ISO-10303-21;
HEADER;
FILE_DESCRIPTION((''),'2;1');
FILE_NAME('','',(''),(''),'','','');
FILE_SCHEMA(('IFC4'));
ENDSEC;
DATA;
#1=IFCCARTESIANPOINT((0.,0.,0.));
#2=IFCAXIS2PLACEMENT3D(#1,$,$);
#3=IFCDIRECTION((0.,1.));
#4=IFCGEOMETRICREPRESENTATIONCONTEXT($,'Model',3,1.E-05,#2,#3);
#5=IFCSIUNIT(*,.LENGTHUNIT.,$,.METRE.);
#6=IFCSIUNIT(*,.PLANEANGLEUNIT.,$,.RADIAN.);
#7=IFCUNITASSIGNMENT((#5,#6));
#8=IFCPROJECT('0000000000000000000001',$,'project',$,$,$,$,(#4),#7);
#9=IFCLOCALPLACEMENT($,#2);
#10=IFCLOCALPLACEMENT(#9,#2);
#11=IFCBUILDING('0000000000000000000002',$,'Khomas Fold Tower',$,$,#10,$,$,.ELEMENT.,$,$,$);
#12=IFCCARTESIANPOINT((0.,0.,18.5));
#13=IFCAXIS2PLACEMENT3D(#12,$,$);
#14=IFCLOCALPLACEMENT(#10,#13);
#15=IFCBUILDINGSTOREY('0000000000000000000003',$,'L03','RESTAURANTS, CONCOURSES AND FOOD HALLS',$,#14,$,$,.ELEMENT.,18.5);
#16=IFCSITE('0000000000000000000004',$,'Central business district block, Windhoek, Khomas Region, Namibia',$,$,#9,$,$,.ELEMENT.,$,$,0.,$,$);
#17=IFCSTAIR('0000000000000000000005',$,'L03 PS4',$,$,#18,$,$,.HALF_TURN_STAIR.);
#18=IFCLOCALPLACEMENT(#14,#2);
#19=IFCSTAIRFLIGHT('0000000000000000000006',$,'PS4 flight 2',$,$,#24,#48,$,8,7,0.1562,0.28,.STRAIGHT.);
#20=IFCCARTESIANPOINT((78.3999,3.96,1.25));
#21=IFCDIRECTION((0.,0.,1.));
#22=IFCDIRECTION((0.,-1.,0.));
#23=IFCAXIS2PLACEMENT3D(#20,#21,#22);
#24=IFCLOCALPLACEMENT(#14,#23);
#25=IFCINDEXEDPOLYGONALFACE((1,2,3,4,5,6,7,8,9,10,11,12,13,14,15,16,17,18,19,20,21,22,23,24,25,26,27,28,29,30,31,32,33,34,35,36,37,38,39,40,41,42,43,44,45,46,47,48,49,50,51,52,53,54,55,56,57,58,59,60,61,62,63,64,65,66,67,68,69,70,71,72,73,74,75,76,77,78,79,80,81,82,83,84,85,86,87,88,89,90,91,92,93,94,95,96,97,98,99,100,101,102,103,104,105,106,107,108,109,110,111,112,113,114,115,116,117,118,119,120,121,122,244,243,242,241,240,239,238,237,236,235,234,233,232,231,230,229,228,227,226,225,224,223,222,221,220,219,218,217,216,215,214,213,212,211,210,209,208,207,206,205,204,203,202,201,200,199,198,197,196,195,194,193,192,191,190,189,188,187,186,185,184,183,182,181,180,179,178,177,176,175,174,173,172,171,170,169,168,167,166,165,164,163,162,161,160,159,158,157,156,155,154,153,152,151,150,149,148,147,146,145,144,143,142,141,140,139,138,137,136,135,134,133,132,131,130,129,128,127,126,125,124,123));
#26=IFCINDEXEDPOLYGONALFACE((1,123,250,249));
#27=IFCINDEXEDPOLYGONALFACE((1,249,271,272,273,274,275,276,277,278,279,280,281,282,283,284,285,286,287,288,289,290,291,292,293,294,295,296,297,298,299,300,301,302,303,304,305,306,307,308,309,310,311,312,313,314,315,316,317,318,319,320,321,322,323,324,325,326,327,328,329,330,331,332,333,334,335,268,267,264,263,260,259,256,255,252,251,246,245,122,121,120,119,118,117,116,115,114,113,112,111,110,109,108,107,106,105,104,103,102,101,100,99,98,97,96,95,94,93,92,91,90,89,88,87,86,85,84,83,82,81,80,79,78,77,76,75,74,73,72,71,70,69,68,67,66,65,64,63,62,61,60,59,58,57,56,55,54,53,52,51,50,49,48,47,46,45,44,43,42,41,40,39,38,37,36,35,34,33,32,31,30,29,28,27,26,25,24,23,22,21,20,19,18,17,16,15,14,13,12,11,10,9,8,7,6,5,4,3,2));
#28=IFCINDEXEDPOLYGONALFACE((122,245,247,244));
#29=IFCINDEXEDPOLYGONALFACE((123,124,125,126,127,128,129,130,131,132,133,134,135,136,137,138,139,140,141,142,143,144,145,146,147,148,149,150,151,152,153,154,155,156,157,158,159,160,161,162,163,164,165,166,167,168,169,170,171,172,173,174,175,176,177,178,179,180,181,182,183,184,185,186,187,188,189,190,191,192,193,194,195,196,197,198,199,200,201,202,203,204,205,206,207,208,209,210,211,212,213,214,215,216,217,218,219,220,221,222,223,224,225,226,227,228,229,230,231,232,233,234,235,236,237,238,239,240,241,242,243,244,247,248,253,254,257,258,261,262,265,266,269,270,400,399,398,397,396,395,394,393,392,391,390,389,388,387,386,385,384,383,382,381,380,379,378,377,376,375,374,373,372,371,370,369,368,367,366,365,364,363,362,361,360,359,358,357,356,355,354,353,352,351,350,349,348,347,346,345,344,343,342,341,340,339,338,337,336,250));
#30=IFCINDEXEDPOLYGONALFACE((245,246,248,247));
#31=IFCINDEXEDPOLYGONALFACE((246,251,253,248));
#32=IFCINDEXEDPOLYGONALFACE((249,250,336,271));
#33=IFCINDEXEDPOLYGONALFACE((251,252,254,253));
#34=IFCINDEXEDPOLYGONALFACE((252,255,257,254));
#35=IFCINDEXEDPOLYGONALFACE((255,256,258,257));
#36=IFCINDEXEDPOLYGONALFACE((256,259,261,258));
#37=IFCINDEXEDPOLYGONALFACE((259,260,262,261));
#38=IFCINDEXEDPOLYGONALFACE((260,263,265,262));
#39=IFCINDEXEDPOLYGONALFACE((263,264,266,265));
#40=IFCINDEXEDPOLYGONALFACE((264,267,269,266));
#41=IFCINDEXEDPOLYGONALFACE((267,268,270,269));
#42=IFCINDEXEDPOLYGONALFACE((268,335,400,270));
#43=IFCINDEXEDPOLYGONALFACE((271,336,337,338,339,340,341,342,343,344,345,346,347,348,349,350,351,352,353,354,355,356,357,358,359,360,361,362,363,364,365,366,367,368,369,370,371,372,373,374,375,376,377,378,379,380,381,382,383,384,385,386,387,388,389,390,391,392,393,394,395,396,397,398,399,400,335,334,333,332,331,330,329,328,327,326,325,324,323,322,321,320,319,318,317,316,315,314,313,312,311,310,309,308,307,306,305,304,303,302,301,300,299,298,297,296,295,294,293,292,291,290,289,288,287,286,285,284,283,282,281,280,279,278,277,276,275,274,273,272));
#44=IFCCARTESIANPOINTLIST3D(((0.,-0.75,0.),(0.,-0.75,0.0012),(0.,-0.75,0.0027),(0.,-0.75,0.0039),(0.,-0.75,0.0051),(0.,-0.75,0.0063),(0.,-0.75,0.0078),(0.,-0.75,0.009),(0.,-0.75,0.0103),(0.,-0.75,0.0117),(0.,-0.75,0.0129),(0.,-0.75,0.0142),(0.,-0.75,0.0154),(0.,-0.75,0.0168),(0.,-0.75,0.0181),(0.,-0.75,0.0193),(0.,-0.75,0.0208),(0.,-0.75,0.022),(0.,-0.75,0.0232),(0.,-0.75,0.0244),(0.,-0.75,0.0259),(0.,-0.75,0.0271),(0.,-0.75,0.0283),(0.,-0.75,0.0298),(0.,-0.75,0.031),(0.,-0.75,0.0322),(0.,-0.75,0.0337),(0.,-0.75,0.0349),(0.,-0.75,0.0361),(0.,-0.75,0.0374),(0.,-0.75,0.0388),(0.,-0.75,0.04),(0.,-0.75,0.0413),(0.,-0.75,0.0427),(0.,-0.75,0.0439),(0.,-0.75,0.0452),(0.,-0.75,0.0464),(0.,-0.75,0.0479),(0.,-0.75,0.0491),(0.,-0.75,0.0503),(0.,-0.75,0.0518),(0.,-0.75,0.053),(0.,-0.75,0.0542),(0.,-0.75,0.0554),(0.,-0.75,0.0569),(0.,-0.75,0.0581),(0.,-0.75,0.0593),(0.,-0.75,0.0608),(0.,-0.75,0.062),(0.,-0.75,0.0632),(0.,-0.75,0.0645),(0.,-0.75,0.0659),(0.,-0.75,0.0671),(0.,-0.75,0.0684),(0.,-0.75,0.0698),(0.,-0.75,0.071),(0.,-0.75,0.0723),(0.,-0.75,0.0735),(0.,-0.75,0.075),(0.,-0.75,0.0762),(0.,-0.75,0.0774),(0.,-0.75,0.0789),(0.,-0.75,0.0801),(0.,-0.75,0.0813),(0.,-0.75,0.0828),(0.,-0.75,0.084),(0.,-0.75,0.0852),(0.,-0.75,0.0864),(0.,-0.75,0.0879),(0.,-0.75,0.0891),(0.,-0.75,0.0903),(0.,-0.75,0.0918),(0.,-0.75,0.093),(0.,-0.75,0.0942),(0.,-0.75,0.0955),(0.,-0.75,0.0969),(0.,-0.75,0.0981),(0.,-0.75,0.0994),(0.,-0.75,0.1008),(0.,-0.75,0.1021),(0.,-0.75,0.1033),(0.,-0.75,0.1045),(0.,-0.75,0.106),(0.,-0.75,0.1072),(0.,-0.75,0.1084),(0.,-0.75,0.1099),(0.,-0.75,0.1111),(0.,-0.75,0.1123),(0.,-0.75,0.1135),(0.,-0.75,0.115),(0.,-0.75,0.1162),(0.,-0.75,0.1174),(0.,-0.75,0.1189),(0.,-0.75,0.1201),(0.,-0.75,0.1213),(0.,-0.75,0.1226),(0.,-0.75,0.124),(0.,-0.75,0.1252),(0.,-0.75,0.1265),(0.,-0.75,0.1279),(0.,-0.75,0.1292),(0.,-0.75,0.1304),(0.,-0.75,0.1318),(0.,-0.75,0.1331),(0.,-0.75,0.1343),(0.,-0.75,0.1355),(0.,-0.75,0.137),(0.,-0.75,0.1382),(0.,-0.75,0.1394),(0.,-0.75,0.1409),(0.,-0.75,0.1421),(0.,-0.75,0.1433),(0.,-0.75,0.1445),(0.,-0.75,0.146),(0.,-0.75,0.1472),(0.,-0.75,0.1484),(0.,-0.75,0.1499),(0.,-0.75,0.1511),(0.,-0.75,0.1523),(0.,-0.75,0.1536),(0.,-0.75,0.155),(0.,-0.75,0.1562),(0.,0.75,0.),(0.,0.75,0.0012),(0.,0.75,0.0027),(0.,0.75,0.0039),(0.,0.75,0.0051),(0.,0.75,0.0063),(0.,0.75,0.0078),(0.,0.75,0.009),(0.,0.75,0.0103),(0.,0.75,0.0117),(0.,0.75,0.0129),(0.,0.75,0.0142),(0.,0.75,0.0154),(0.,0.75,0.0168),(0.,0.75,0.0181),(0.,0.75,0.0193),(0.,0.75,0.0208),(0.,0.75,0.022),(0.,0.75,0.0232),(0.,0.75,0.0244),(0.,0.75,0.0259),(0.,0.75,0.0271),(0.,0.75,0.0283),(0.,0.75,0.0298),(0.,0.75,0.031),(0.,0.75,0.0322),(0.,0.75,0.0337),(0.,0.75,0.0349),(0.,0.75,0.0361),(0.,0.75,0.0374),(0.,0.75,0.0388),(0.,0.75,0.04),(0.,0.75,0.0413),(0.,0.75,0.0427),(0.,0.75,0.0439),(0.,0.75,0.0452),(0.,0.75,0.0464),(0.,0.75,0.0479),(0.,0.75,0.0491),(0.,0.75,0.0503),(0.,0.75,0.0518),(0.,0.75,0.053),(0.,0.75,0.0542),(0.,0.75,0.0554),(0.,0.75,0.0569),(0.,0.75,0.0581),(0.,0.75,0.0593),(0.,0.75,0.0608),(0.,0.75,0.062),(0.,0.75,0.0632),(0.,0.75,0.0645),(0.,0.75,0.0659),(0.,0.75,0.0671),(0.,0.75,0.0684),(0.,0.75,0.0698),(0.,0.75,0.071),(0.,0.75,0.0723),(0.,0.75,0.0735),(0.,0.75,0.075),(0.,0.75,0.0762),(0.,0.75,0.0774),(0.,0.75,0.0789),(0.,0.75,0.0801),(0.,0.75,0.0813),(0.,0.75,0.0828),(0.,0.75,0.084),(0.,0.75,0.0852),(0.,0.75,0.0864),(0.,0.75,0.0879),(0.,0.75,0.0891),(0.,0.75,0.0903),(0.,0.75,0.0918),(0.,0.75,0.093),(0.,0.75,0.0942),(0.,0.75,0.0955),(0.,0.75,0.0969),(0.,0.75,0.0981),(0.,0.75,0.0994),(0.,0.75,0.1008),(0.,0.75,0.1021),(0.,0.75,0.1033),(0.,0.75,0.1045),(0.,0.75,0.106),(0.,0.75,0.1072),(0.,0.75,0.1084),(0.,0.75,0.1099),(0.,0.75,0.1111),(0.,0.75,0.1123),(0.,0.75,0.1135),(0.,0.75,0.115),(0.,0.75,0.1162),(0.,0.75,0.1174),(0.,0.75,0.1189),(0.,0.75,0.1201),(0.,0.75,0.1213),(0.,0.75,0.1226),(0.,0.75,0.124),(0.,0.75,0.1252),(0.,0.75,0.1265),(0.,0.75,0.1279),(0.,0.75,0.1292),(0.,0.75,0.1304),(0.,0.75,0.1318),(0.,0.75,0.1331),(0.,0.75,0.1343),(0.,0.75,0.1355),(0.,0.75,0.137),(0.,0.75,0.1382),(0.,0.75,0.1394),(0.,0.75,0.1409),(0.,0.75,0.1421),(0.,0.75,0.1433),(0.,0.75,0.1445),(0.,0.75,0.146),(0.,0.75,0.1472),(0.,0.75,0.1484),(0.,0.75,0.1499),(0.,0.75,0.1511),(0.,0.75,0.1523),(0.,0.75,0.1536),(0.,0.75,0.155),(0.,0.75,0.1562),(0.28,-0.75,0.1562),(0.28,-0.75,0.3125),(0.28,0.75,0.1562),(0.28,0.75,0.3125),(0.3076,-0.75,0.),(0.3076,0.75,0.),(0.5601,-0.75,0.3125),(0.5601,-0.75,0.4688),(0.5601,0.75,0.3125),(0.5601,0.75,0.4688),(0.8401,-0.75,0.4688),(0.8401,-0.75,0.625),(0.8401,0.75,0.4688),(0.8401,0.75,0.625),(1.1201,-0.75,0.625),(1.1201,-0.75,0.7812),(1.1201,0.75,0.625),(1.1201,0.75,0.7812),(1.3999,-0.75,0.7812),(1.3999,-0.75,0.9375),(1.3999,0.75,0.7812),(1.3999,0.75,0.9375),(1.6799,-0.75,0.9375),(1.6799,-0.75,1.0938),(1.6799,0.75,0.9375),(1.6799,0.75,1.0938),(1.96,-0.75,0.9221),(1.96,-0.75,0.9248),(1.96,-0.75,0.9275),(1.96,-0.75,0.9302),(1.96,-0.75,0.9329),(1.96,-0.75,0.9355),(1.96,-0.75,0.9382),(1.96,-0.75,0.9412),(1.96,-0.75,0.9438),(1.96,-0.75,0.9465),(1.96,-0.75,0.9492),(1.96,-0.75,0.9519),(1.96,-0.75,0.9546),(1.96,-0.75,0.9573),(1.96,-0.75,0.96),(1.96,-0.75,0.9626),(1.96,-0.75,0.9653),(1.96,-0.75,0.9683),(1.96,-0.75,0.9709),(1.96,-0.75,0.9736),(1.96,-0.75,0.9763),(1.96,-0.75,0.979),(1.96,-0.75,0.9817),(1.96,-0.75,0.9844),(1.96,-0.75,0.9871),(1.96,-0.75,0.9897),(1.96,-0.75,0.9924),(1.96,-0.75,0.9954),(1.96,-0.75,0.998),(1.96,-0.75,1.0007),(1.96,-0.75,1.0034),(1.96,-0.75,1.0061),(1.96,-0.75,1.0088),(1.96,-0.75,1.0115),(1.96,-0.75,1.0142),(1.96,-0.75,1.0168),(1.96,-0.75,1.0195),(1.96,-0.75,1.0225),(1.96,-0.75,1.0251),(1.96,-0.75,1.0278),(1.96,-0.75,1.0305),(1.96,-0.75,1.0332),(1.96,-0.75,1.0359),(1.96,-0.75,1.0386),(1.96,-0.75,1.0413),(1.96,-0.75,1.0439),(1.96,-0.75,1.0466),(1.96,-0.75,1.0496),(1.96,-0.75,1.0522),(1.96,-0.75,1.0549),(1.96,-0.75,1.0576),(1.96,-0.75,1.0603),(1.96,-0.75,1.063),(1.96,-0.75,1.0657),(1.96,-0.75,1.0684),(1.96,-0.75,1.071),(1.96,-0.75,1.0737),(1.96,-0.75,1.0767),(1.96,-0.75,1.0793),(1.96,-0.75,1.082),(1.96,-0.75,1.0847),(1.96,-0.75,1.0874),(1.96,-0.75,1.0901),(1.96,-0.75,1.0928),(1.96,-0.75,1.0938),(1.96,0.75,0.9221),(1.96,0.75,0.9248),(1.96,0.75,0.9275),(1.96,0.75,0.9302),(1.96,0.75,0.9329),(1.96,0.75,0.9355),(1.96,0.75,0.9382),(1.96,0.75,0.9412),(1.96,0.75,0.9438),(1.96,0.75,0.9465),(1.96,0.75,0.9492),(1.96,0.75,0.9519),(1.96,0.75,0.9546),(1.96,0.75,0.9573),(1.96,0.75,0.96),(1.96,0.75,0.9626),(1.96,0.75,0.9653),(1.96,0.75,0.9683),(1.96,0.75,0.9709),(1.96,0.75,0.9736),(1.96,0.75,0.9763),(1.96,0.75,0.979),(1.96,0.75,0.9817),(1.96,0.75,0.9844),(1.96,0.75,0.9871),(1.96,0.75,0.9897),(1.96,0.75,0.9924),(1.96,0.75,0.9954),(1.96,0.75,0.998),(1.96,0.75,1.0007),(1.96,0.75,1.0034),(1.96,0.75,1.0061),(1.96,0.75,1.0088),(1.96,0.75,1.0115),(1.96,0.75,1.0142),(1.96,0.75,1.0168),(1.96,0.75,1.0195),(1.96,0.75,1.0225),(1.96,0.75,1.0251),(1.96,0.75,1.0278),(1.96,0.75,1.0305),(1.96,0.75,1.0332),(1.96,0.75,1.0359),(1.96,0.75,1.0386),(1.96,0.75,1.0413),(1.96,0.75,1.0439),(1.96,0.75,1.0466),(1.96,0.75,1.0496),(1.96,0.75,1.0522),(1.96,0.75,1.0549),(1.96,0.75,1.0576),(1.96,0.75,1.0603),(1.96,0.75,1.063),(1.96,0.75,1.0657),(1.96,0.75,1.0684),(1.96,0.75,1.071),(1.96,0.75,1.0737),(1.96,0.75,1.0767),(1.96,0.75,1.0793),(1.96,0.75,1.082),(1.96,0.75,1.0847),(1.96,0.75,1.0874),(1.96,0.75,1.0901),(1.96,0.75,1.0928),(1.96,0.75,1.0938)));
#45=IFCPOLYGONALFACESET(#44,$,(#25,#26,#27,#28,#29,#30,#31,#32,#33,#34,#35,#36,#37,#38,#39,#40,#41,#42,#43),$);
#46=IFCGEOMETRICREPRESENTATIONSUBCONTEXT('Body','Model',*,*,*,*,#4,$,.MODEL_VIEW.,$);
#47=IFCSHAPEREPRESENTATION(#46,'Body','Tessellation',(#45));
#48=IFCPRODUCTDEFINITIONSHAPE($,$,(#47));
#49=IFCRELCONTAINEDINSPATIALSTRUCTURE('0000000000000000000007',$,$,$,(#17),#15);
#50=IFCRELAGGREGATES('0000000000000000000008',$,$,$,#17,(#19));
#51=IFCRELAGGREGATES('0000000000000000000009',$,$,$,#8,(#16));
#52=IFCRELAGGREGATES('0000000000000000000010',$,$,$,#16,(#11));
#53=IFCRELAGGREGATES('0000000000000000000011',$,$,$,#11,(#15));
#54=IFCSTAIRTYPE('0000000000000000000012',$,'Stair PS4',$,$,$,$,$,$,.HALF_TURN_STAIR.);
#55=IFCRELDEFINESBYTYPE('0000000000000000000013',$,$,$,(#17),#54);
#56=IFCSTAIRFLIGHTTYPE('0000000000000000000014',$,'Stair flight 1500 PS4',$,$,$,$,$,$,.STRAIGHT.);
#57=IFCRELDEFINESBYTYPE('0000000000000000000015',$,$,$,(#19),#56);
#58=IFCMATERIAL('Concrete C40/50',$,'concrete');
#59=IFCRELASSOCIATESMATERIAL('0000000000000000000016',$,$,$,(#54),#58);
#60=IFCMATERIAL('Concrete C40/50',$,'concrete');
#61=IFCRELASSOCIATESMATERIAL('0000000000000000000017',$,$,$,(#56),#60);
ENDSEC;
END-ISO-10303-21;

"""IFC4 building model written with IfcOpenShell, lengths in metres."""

from ifc_helpers import new_model, si_unit, direction, frame, origin, place, context, subcontext, project, spatial, polyline, outline, extrude, source, transform, mapped, material, type_object, element, aggregate, save


model = new_model("IFC4")

# Units and contexts
model_context = context("Model", 3, precision=1e-05, world=origin(), true_north=direction((0.0, 1.0)))
body_context = subcontext(model_context, "Body", "Model", "MODEL_VIEW")
ifc_project = project(units=[si_unit("LENGTHUNIT", "METRE"), si_unit("PLANEANGLEUNIT", "RADIAN")], contexts=[model_context])

# Site, building, storey
site_placement = place(None, origin())
site = spatial("IfcSite", under=ifc_project, at=site_placement, Name="Central business district block, Windhoek, Khomas Region, Namibia", CompositionType="ELEMENT", RefElevation=0.0)
building_placement = place(site_placement, origin())
building = spatial("IfcBuilding", under=site, at=building_placement, Name="Khomas Fold Tower", CompositionType="ELEMENT")
storey_placement = place(building_placement, frame((0.0, 0.0, 18.5)))
storey = spatial("IfcBuildingStorey", under=building, at=storey_placement, Name="L03", Description="RESTAURANTS, CONCOURSES AND FOOD HALLS", CompositionType="ELEMENT", Elevation=18.5)

# Stair, stair flight
ifc_material_1 = material(Name="Concrete C40/50", Category="concrete")
stair_type = type_object("IfcStairType", Name="Stair PS4", PredefinedType="HALF_TURN_STAIR", material=ifc_material_1)
stair_placement = place(storey_placement, origin())
stair = element("IfcStair", 1, at=stair_placement, inside=storey, type_object=stair_type, Name="L03 PS4", PredefinedType="HALF_TURN_STAIR")
ifc_material_2 = material(Name="Concrete C40/50", Category="concrete")
stair_flight_type = type_object("IfcStairFlightType", Name="Stair flight 1500 PS4", PredefinedType="STRAIGHT", material=ifc_material_2)
shared_shape_1 = source(origin(), body_context, "Body", "SweptSolid", [
    extrude(outline(polyline([(0.0, 0.0), (0.0, 0.0012), (0.0, 0.0027), (0.0, 0.0039), (0.0, 0.0051), (0.0, 0.0063), (0.0, 0.0078), (0.0, 0.009), (0.0, 0.0103), (0.0, 0.0117), (0.0, 0.0129), (0.0, 0.0142), (0.0, 0.0154), (0.0, 0.0168), (0.0, 0.0181), (0.0, 0.0193), (0.0, 0.0208), (0.0, 0.022), (0.0, 0.0232), (0.0, 0.0244), (0.0, 0.0259), (0.0, 0.0271), (0.0, 0.0283), (0.0, 0.0298), (0.0, 0.031), (0.0, 0.0322), (0.0, 0.0337), (0.0, 0.0349), (0.0, 0.0361), (0.0, 0.0374), (0.0, 0.0388), (0.0, 0.04), (0.0, 0.0413), (0.0, 0.0427), (0.0, 0.0439), (0.0, 0.0452), (0.0, 0.0464), (0.0, 0.0479), (0.0, 0.0491), (0.0, 0.0503), (0.0, 0.0518), (0.0, 0.053), (0.0, 0.0542), (0.0, 0.0554), (0.0, 0.0569), (0.0, 0.0581), (0.0, 0.0593), (0.0, 0.0608), (0.0, 0.062), (0.0, 0.0632), (0.0, 0.0645), (0.0, 0.0659), (0.0, 0.0671), (0.0, 0.0684), (0.0, 0.0698), (0.0, 0.071), (0.0, 0.0723), (0.0, 0.0735), (0.0, 0.075), (0.0, 0.0762), (0.0, 0.0774), (0.0, 0.0789), (0.0, 0.0801), (0.0, 0.0813), (0.0, 0.0828), (0.0, 0.084), (0.0, 0.0852), (0.0, 0.0864), (0.0, 0.0879), (0.0, 0.0891), (0.0, 0.0903), (0.0, 0.0918), (0.0, 0.093), (0.0, 0.0942), (0.0, 0.0955), (0.0, 0.0969), (0.0, 0.0981), (0.0, 0.0994), (0.0, 0.1008), (0.0, 0.1021), (0.0, 0.1033), (0.0, 0.1045), (0.0, 0.106), (0.0, 0.1072), (0.0, 0.1084), (0.0, 0.1099), (0.0, 0.1111), (0.0, 0.1123), (0.0, 0.1135), (0.0, 0.115), (0.0, 0.1162), (0.0, 0.1174), (0.0, 0.1189), (0.0, 0.1201), (0.0, 0.1213), (0.0, 0.1226), (0.0, 0.124), (0.0, 0.1252), (0.0, 0.1265), (0.0, 0.1279), (0.0, 0.1292), (0.0, 0.1304), (0.0, 0.1318), (0.0, 0.1331), (0.0, 0.1343), (0.0, 0.1355), (0.0, 0.137), (0.0, 0.1382), (0.0, 0.1394), (0.0, 0.1409), (0.0, 0.1421), (0.0, 0.1433), (0.0, 0.1445), (0.0, 0.146), (0.0, 0.1472), (0.0, 0.1484), (0.0, 0.1499), (0.0, 0.1511), (0.0, 0.1523), (0.0, 0.1536), (0.0, 0.155), (0.0, 0.1562), (0.28, 0.1562), (0.28, 0.3125), (0.5601, 0.3125), (0.5601, 0.4688), (0.8401, 0.4688), (0.8401, 0.625), (1.1201, 0.625), (1.1201, 0.7812), (1.3999, 0.7812), (1.3999, 0.9375), (1.6799, 0.9375), (1.6799, 1.0938), (1.96, 1.0938), (1.96, 1.25), (1.96, 1.2473), (1.96, 1.2446), (1.96, 1.2419), (1.96, 1.2393), (1.96, 1.2363), (1.96, 1.2336), (1.96, 1.231), (1.96, 1.2283), (1.96, 1.2256), (1.96, 1.2229), (1.96, 1.2202), (1.96, 1.2175), (1.96, 1.2148), (1.96, 1.2122), (1.96, 1.2092), (1.96, 1.2065), (1.96, 1.2039), (1.96, 1.2012), (1.96, 1.1985), (1.96, 1.1958), (1.96, 1.1931), (1.96, 1.1904), (1.96, 1.1877), (1.96, 1.1851), (1.96, 1.1821), (1.96, 1.1794), (1.96, 1.1768), (1.96, 1.1741), (1.96, 1.1714), (1.96, 1.1687), (1.96, 1.166), (1.96, 1.1633), (1.96, 1.1606), (1.96, 1.158), (1.96, 1.155), (1.96, 1.1523), (1.96, 1.1497), (1.96, 1.147), (1.96, 1.1443), (1.96, 1.1416), (1.96, 1.1389), (1.96, 1.1362), (1.96, 1.1335), (1.96, 1.1309), (1.96, 1.1279), (1.96, 1.1252), (1.96, 1.1226), (1.96, 1.1199), (1.96, 1.1172), (1.96, 1.1145), (1.96, 1.1118), (1.96, 1.1091), (1.96, 1.1064), (1.96, 1.1038), (1.96, 1.1008), (1.96, 1.0981), (1.96, 1.0955), (1.96, 1.0928), (1.96, 1.0901), (1.96, 1.0874), (1.96, 1.0847), (1.96, 1.082), (1.96, 1.0793), (1.96, 1.0767), (1.96, 1.0737), (1.96, 1.071), (1.96, 1.0684), (1.96, 1.0657), (1.96, 1.063), (1.96, 1.0603), (1.96, 1.0576), (1.96, 1.0549), (1.96, 1.0522), (1.96, 1.0496), (1.96, 1.0466), (1.96, 1.0439), (1.96, 1.0413), (1.96, 1.0386), (1.96, 1.0359), (1.96, 1.0332), (1.96, 1.0305), (1.96, 1.0278), (1.96, 1.0251), (1.96, 1.0225), (1.96, 1.0195), (1.96, 1.0168), (1.96, 1.0142), (1.96, 1.0115), (1.96, 1.0088), (1.96, 1.0061), (1.96, 1.0034), (1.96, 1.0007), (1.96, 0.998), (1.96, 0.9954), (1.96, 0.9924), (1.96, 0.9897), (1.96, 0.9871), (1.96, 0.9844), (1.96, 0.9817), (1.96, 0.979), (1.96, 0.9763), (1.96, 0.9736), (1.96, 0.9709), (1.96, 0.9683), (1.96, 0.9653), (1.96, 0.9626), (1.96, 0.96), (1.96, 0.9573), (1.96, 0.9546), (1.96, 0.9519), (1.96, 0.9492), (1.96, 0.9465), (1.96, 0.9438), (1.96, 0.9412), (1.96, 0.9382), (1.96, 0.9355), (1.96, 0.9329), (1.96, 0.9302), (1.96, 0.9275), (1.96, 0.9248), (1.96, 0.9221), (0.3076, 0.0), (0.0, 0.0)])), frame((0.0, 0.75, 0.0), z_axis=(0.0, -1.0, 0.0), x_axis=(1.0, 0.0, 0.0)), (0.0, 0.0, 1.0), 1.5),
])
stair_flight_1_placement = place(storey_placement, frame((78.3999, 3.96, 1.25), z_axis=(0.0, 0.0, 1.0), x_axis=(0.0, -1.0, 0.0)))
stair_flight_1 = element("IfcStairFlight", 2, at=stair_flight_1_placement, type_object=stair_flight_type, Name="PS4 flight 2", NumberOfRisers=8, NumberOfTreads=7, PredefinedType="STRAIGHT", RiserHeight=0.1562, TreadLength=0.28, context=body_context, shape_type="MappedRepresentation", body=[
    mapped(shared_shape_1, transform((0.0, 0.0, 0.0))),
])
aggregate(stair, [stair_flight_1])

save(model, "model.ifc")
